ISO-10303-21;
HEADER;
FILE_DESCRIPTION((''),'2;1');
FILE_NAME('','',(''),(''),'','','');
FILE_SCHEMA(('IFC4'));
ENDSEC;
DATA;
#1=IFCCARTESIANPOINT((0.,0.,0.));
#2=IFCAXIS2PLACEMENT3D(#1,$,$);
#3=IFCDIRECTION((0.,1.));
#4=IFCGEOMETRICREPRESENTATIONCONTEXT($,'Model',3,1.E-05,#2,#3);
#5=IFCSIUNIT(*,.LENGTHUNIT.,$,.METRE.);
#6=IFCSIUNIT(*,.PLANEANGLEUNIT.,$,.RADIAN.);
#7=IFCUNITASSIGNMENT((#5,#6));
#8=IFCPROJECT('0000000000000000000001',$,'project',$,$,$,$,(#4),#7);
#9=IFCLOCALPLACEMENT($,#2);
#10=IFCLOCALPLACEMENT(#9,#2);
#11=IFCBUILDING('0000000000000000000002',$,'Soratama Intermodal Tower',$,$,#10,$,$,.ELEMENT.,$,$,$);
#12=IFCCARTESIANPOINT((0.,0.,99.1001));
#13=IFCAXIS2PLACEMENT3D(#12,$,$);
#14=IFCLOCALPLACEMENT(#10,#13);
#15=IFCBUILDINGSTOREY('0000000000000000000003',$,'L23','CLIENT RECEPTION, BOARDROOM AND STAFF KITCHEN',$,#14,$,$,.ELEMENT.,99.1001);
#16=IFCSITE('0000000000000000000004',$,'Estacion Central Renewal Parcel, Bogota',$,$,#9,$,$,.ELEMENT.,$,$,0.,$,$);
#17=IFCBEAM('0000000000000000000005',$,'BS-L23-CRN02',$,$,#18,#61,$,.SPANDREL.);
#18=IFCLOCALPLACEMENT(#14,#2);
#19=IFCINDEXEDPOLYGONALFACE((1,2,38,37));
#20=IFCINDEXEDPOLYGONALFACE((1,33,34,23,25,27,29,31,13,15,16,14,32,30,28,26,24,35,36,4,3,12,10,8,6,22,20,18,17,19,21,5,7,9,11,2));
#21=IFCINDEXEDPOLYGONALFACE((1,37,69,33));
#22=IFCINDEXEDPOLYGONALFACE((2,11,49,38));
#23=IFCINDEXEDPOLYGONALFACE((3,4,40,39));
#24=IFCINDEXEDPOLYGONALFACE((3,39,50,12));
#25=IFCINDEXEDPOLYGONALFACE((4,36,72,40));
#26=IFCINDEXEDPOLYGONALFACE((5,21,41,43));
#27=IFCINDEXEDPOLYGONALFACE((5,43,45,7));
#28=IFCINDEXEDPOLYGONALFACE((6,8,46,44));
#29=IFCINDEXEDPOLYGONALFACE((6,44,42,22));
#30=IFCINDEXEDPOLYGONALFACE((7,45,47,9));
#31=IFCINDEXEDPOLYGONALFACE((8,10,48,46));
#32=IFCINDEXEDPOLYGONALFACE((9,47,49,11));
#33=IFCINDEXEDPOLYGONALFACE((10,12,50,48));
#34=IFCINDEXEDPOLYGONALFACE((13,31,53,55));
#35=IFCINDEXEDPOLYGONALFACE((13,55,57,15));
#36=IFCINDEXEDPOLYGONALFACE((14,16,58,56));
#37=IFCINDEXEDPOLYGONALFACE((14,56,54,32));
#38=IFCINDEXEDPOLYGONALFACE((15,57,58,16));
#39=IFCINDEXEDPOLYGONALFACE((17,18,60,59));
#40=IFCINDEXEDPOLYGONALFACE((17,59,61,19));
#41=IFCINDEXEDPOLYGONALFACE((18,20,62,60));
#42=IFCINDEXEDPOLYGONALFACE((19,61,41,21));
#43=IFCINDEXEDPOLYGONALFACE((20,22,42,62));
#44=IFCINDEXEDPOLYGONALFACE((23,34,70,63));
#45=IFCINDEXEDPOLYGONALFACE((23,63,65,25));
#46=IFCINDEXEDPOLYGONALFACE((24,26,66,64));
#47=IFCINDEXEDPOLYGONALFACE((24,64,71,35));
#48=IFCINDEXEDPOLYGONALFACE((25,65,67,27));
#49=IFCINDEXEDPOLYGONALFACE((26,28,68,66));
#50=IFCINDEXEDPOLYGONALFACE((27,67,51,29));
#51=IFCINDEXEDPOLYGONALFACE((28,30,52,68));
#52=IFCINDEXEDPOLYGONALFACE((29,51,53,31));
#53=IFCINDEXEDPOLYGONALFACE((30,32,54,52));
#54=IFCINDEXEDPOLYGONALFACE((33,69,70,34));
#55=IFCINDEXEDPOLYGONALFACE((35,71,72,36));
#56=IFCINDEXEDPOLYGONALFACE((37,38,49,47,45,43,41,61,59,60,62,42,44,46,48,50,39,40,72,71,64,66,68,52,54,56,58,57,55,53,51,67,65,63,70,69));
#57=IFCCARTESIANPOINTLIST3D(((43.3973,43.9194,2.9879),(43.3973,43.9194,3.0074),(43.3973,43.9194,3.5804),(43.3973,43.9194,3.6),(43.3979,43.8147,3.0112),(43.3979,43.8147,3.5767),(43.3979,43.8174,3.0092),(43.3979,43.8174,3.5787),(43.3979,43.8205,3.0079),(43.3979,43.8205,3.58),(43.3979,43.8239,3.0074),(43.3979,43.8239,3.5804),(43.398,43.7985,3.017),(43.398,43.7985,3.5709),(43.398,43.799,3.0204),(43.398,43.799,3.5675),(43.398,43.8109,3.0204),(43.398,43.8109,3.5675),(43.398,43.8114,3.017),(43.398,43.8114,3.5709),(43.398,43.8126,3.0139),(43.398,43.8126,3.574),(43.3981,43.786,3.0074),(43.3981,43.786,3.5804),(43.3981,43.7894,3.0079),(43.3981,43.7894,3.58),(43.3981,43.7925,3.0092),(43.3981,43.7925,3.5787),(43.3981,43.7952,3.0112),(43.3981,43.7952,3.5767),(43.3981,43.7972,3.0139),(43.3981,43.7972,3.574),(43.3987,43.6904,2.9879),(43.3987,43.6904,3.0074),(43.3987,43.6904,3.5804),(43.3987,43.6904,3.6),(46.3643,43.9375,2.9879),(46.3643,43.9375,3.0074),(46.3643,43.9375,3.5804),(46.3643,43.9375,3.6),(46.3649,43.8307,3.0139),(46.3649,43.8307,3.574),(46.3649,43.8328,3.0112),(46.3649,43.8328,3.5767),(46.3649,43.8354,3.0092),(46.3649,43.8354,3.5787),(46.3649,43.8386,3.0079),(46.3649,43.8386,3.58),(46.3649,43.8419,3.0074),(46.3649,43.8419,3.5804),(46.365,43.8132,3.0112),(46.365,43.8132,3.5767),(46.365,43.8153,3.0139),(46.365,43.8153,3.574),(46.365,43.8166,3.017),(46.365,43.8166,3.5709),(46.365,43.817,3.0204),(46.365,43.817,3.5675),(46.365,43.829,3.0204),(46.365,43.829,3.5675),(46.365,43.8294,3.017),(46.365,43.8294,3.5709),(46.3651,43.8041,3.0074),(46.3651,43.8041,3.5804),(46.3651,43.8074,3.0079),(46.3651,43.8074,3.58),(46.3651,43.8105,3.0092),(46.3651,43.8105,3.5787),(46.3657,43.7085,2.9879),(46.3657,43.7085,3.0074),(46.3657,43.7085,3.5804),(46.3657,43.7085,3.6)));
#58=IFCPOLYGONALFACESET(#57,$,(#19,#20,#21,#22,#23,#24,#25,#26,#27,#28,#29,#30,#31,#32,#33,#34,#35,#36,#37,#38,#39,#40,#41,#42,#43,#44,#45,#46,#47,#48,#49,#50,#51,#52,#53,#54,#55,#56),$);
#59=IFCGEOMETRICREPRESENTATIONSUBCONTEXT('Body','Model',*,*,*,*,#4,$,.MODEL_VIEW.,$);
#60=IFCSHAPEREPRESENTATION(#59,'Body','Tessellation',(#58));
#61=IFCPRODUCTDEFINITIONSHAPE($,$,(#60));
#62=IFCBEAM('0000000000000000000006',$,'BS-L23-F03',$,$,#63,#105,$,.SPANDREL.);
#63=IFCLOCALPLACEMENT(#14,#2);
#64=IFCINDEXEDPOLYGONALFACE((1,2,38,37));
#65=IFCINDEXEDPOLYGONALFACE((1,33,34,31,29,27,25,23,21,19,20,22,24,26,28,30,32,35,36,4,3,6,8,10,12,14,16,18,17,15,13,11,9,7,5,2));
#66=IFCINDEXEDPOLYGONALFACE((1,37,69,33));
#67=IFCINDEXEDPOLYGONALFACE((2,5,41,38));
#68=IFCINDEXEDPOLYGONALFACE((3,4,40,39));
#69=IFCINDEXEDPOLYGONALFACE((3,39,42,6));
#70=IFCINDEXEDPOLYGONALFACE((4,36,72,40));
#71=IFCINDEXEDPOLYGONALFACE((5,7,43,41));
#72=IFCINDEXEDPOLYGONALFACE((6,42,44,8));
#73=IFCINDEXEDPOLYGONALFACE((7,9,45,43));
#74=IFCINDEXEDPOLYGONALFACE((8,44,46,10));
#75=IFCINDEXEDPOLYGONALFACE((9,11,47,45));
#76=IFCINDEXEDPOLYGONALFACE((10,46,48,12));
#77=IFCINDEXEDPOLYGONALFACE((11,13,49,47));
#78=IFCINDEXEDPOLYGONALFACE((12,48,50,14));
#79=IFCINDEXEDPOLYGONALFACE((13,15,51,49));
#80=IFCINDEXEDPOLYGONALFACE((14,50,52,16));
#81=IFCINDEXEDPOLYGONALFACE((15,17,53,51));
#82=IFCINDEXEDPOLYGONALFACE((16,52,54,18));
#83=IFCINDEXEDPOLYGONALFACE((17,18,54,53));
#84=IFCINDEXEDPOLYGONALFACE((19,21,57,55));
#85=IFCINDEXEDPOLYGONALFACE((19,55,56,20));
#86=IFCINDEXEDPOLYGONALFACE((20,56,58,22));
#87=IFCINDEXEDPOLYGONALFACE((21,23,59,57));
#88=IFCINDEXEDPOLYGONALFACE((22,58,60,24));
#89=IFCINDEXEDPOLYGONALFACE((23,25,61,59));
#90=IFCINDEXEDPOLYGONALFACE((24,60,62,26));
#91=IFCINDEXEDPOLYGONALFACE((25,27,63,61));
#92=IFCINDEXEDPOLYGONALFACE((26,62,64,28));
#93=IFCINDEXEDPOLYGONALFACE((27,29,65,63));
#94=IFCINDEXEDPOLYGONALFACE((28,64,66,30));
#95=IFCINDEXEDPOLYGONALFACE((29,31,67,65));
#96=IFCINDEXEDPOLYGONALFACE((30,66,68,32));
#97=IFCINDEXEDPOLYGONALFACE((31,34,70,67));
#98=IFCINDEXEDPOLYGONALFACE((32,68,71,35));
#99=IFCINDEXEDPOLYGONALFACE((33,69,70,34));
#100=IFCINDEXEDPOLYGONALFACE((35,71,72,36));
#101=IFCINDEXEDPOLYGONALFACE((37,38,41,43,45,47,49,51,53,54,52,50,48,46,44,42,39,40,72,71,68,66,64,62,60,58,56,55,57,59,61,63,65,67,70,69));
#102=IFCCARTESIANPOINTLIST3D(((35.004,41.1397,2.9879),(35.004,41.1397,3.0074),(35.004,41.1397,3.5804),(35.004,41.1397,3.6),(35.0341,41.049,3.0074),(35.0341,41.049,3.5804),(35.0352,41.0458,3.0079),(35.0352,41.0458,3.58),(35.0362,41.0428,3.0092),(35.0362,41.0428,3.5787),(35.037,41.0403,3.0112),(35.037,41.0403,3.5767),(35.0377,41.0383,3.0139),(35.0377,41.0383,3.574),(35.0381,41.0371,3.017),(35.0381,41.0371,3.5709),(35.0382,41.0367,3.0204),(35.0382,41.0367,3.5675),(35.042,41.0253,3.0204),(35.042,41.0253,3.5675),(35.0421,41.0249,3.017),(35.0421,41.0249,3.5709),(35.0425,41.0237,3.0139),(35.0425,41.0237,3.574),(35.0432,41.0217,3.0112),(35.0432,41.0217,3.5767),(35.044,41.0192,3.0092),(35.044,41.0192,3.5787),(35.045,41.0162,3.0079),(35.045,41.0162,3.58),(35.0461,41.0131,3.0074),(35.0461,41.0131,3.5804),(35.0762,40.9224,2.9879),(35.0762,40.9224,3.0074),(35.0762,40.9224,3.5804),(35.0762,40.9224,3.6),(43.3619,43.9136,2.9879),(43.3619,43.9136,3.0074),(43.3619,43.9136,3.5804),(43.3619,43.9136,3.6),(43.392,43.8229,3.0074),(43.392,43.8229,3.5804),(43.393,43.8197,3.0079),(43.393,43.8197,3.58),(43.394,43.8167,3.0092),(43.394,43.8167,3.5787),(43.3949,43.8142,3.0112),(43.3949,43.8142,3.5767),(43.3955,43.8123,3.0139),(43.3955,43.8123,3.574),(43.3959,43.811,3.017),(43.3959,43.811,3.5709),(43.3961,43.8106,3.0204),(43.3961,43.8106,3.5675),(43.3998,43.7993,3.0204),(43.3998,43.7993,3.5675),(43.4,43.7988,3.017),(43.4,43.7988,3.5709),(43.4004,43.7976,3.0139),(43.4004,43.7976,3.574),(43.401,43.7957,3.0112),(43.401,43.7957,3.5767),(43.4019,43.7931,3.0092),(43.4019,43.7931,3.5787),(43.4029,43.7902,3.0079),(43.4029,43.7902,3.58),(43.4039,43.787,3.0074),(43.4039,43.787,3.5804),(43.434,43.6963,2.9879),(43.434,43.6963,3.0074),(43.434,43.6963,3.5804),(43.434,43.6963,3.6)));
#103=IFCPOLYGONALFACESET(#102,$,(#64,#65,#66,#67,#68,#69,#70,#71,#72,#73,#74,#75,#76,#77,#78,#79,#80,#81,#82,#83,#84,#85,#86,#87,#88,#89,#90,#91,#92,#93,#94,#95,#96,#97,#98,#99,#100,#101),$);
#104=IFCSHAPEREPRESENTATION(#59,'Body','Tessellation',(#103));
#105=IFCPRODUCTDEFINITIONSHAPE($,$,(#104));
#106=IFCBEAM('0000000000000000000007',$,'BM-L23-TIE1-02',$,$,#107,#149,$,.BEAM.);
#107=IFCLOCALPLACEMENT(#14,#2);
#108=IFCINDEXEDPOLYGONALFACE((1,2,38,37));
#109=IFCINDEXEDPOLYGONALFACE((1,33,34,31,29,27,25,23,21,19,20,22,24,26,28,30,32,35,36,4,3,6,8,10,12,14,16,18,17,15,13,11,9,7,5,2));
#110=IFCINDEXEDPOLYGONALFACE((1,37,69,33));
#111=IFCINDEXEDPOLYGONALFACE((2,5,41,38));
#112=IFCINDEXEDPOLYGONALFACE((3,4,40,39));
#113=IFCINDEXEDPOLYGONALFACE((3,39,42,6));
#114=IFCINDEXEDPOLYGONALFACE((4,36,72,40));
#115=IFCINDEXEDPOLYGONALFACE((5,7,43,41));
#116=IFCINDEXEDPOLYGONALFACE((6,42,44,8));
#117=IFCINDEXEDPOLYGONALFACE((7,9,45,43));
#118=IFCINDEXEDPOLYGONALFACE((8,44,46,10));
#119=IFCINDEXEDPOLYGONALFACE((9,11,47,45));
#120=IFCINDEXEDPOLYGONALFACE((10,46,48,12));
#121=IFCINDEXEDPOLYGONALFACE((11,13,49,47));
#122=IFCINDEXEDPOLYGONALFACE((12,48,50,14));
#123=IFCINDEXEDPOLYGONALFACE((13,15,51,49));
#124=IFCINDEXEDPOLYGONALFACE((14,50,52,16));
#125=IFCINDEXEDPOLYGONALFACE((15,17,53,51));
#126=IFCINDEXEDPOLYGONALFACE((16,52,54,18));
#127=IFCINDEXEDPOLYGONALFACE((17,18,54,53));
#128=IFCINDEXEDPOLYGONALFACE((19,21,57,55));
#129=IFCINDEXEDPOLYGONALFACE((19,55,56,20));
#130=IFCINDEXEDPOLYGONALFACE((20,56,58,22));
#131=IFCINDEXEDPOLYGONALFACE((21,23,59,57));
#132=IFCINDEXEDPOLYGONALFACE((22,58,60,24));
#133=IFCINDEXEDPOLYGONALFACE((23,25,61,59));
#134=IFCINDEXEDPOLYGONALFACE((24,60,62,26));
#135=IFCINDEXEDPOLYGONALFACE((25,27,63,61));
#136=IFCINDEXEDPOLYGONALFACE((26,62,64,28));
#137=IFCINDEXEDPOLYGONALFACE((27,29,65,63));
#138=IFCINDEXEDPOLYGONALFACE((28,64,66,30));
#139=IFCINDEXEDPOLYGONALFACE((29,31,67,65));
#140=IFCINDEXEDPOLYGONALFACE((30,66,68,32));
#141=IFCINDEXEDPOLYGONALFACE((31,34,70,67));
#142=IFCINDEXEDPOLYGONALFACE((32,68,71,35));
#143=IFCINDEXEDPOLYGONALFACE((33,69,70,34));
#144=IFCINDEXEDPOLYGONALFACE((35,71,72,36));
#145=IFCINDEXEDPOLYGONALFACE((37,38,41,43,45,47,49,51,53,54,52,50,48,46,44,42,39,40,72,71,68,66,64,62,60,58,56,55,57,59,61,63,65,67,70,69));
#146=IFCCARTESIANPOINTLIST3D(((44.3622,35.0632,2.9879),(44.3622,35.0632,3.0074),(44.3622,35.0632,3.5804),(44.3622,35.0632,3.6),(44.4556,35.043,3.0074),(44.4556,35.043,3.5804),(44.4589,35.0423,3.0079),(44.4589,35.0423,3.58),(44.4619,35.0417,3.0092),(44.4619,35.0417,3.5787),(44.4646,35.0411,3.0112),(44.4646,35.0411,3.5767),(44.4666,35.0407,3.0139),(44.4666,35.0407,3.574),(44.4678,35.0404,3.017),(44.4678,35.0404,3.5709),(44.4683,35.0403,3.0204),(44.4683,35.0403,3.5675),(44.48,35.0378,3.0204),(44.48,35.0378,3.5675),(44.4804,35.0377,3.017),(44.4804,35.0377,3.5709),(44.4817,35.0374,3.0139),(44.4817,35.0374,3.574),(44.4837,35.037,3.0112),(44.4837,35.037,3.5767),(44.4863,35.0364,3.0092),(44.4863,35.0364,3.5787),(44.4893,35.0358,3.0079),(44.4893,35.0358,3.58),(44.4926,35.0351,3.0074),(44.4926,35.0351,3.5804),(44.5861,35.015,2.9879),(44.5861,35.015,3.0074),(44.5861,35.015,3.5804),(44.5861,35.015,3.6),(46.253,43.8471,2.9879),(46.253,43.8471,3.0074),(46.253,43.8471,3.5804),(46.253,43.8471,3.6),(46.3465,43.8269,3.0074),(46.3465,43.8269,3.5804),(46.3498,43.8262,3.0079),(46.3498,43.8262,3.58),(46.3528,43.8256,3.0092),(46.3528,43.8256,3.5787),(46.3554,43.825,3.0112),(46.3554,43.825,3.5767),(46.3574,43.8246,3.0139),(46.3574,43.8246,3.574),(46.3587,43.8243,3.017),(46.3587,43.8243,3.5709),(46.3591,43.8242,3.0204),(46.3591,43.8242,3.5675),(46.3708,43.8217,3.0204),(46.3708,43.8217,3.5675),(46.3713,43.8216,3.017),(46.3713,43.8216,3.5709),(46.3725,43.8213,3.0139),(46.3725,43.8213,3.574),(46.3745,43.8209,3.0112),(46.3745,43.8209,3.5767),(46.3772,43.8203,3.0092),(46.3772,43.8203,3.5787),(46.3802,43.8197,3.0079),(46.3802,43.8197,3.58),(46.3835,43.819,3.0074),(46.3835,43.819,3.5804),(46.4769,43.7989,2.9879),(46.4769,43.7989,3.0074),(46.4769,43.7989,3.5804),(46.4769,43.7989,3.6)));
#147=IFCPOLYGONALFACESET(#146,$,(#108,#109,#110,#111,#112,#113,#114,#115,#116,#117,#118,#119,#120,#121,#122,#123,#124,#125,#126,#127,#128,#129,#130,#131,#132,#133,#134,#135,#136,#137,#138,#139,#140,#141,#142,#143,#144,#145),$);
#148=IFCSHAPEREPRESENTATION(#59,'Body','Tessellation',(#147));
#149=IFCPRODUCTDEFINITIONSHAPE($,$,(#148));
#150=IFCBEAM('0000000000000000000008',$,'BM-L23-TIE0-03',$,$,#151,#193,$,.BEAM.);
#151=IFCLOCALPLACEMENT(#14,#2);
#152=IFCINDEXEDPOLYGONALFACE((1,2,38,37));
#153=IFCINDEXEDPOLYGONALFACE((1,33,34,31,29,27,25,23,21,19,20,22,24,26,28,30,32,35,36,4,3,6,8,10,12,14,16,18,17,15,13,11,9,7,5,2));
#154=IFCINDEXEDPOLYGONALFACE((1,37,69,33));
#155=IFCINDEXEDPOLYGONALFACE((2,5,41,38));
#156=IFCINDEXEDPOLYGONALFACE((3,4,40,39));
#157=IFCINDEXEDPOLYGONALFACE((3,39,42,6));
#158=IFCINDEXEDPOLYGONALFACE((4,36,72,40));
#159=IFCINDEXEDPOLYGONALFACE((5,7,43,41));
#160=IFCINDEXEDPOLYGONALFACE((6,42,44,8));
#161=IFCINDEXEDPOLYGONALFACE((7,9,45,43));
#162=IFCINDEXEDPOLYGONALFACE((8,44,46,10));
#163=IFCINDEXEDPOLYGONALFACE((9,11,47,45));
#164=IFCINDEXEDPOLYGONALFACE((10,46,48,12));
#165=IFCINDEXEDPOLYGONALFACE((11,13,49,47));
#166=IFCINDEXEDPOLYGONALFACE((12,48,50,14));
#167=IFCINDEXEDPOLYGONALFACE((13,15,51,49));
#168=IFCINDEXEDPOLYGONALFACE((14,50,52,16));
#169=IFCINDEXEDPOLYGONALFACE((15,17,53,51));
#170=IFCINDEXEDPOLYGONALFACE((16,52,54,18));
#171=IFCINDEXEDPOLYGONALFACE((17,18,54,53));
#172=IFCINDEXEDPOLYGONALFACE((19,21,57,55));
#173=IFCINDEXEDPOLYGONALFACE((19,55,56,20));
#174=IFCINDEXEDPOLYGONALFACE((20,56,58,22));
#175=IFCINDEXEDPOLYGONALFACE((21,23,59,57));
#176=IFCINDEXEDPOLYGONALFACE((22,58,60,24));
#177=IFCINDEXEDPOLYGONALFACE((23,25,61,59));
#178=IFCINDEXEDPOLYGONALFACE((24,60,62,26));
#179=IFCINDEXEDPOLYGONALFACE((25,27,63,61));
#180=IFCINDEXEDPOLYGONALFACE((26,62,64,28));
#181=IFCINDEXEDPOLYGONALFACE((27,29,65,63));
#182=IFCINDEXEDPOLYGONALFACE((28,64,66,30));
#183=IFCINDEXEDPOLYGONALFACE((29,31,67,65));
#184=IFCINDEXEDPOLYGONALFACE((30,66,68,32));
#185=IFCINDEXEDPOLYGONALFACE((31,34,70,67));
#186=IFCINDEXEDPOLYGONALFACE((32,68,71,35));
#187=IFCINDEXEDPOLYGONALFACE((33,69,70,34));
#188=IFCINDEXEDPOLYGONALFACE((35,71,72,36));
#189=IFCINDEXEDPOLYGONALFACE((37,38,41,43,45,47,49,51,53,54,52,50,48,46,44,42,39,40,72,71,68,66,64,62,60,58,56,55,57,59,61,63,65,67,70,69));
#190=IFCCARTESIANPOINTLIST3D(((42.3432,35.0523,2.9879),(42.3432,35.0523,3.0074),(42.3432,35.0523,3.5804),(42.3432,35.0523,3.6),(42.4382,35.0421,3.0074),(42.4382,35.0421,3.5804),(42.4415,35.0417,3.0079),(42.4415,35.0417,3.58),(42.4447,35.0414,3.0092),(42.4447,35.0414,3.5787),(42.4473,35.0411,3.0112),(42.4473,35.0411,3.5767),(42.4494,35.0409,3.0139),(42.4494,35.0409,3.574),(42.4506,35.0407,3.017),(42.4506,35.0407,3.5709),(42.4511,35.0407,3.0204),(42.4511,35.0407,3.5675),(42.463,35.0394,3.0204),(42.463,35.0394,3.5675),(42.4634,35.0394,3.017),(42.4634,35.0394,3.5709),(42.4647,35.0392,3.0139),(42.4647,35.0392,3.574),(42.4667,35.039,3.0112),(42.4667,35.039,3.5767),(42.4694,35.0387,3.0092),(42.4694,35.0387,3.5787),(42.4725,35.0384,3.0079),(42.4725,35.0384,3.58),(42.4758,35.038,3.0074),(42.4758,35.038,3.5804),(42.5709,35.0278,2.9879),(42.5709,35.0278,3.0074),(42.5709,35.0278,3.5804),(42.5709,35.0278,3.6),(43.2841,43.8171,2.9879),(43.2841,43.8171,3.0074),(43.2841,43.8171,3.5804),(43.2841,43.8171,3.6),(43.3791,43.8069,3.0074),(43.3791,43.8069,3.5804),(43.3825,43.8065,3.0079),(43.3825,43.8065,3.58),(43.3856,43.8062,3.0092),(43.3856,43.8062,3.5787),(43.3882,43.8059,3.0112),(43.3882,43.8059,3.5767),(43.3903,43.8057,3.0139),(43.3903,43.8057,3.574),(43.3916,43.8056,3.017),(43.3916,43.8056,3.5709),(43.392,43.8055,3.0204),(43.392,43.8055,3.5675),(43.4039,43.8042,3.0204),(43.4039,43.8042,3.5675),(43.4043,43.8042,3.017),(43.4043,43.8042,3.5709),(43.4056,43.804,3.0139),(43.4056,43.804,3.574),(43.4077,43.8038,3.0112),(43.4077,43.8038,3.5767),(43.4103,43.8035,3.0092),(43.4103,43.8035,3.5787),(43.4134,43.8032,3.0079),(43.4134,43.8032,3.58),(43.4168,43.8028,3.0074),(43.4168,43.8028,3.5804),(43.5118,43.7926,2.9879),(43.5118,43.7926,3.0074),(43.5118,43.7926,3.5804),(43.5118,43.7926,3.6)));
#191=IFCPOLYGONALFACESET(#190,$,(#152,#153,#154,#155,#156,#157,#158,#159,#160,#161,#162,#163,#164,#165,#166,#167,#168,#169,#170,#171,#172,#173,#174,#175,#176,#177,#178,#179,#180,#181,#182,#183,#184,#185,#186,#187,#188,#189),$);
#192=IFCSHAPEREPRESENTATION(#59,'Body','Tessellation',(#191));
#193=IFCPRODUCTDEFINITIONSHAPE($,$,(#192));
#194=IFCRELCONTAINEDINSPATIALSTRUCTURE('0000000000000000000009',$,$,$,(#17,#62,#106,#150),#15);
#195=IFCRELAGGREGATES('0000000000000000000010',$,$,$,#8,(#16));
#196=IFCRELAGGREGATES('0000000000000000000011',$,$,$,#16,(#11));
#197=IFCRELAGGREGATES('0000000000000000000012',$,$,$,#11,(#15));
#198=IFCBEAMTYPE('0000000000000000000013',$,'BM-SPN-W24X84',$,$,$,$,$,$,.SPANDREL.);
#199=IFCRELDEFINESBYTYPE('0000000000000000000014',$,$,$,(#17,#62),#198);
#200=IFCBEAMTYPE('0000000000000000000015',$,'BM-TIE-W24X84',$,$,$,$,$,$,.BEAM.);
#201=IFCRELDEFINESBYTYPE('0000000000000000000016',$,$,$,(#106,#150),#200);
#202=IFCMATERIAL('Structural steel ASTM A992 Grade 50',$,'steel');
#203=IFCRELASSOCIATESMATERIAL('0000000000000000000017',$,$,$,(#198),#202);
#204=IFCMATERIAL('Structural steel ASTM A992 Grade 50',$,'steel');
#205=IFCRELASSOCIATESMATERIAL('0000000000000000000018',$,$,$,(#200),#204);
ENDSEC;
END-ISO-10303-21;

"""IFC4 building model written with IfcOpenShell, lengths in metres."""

from ifc_helpers import new_model, si_unit, direction, frame, origin, origin_2d, place, context, subcontext, project, spatial, i_section, extrude, material, material_profile, profile_set, type_object, element, save


model = new_model("IFC4")

# Units and contexts
model_context = context("Model", 3, precision=1e-05, world=origin(), true_north=direction((0.0, 1.0)))
body_context = subcontext(model_context, "Body", "Model", "MODEL_VIEW")
ifc_project = project(units=[si_unit("LENGTHUNIT", "METRE"), si_unit("PLANEANGLEUNIT", "RADIAN")], contexts=[model_context])

# Site, building, storey
site_placement = place(None, origin())
site = spatial("IfcSite", under=ifc_project, at=site_placement, Name="Estacion Central Renewal Parcel, Bogota", CompositionType="ELEMENT", RefElevation=0.0)
building_placement = place(site_placement, origin())
building = spatial("IfcBuilding", under=site, at=building_placement, Name="Soratama Intermodal Tower", CompositionType="ELEMENT")
storey_placement = place(building_placement, frame((0.0, 0.0, 99.1001)))
storey = spatial("IfcBuildingStorey", under=building, at=storey_placement, Name="L23", Description="CLIENT RECEPTION, BOARDROOM AND STAFF KITCHEN", CompositionType="ELEMENT", Elevation=99.1001)

# Beams
ifc_material_1 = material(Name="Structural steel ASTM A992 Grade 50", Category="steel")
ifc_material_profile_1 = material_profile(ifc_material_1, i_section(OverallWidth=0.229, OverallDepth=0.6121, WebThickness=0.012, FlangeThickness=0.0195, FilletRadius=0.0129, at=origin_2d()), Name="W24X84")
ifc_profile_set_1 = profile_set([ifc_material_profile_1], Name="Structural steel ASTM A992 Grade 50")
beam_type_1 = type_object("IfcBeamType", Name="BM-SPN-W24X84", PredefinedType="SPANDREL", material=ifc_profile_set_1)
beam_1_placement = place(storey_placement, frame((46.365, 43.823, 3.2939), z_axis=(-0.999981, -0.006089, 0.0), x_axis=(0.006089, -0.999981, 0.0)))
element("IfcBeam", 1, at=beam_1_placement, inside=storey, type_object=beam_type_1, Name="BS-L23-CRN02", PredefinedType="SPANDREL", context=body_context, shape_type="SweptSolid", body=[
    extrude(i_section(OverallWidth=0.229, OverallDepth=0.6121, WebThickness=0.012, FlangeThickness=0.0195, FilletRadius=0.0129, at=origin_2d()), origin(), (0.0, 0.0, 1.0), 2.967),
])
beam_2_placement = place(storey_placement, frame((43.3979, 43.8049, 3.2939), z_axis=(-0.949093, -0.314997, 0.0), x_axis=(0.314997, -0.949093, 0.0)))
element("IfcBeam", 2, at=beam_2_placement, inside=storey, type_object=beam_type_1, Name="BS-L23-F03", PredefinedType="SPANDREL", context=body_context, shape_type="SweptSolid", body=[
    extrude(i_section(OverallWidth=0.229, OverallDepth=0.6121, WebThickness=0.012, FlangeThickness=0.0195, FilletRadius=0.0129, at=origin_2d()), origin(), (0.0, 0.0, 1.0), 8.8062),
])
ifc_material_2 = material(Name="Structural steel ASTM A992 Grade 50", Category="steel")
ifc_material_profile_2 = material_profile(ifc_material_2, i_section(OverallWidth=0.229, OverallDepth=0.6121, WebThickness=0.012, FlangeThickness=0.0195, FilletRadius=0.0129, at=origin_2d()), Name="W24X84")
ifc_profile_set_2 = profile_set([ifc_material_profile_2], Name="Structural steel ASTM A992 Grade 50")
beam_type_2 = type_object("IfcBeamType", Name="BM-TIE-W24X84", PredefinedType="BEAM", material=ifc_profile_set_2)
beam_3_placement = place(storey_placement, frame((44.4741, 35.0391, 3.2939), z_axis=(0.210444, 0.977606, 0.0), x_axis=(-0.977606, 0.210444, 0.0)))
element("IfcBeam", 3, at=beam_3_placement, inside=storey, type_object=beam_type_2, Name="BM-L23-TIE1-02", PredefinedType="BEAM", context=body_context, shape_type="SweptSolid", body=[
    extrude(i_section(OverallWidth=0.229, OverallDepth=0.6121, WebThickness=0.012, FlangeThickness=0.0195, FilletRadius=0.0129, at=origin_2d()), origin(), (0.0, 0.0, 1.0), 8.9851),
])
beam_4_placement = place(storey_placement, frame((42.457, 35.04, 3.2939), z_axis=(0.106738, 0.994287, 0.0), x_axis=(-0.994287, 0.106738, 0.0)))
element("IfcBeam", 4, at=beam_4_placement, inside=storey, type_object=beam_type_2, Name="BM-L23-TIE0-03", PredefinedType="BEAM", context=body_context, shape_type="SweptSolid", body=[
    extrude(i_section(OverallWidth=0.229, OverallDepth=0.6121, WebThickness=0.012, FlangeThickness=0.0195, FilletRadius=0.0129, at=origin_2d()), origin(), (0.0, 0.0, 1.0), 8.8152),
])

save(model, "model.ifc")
